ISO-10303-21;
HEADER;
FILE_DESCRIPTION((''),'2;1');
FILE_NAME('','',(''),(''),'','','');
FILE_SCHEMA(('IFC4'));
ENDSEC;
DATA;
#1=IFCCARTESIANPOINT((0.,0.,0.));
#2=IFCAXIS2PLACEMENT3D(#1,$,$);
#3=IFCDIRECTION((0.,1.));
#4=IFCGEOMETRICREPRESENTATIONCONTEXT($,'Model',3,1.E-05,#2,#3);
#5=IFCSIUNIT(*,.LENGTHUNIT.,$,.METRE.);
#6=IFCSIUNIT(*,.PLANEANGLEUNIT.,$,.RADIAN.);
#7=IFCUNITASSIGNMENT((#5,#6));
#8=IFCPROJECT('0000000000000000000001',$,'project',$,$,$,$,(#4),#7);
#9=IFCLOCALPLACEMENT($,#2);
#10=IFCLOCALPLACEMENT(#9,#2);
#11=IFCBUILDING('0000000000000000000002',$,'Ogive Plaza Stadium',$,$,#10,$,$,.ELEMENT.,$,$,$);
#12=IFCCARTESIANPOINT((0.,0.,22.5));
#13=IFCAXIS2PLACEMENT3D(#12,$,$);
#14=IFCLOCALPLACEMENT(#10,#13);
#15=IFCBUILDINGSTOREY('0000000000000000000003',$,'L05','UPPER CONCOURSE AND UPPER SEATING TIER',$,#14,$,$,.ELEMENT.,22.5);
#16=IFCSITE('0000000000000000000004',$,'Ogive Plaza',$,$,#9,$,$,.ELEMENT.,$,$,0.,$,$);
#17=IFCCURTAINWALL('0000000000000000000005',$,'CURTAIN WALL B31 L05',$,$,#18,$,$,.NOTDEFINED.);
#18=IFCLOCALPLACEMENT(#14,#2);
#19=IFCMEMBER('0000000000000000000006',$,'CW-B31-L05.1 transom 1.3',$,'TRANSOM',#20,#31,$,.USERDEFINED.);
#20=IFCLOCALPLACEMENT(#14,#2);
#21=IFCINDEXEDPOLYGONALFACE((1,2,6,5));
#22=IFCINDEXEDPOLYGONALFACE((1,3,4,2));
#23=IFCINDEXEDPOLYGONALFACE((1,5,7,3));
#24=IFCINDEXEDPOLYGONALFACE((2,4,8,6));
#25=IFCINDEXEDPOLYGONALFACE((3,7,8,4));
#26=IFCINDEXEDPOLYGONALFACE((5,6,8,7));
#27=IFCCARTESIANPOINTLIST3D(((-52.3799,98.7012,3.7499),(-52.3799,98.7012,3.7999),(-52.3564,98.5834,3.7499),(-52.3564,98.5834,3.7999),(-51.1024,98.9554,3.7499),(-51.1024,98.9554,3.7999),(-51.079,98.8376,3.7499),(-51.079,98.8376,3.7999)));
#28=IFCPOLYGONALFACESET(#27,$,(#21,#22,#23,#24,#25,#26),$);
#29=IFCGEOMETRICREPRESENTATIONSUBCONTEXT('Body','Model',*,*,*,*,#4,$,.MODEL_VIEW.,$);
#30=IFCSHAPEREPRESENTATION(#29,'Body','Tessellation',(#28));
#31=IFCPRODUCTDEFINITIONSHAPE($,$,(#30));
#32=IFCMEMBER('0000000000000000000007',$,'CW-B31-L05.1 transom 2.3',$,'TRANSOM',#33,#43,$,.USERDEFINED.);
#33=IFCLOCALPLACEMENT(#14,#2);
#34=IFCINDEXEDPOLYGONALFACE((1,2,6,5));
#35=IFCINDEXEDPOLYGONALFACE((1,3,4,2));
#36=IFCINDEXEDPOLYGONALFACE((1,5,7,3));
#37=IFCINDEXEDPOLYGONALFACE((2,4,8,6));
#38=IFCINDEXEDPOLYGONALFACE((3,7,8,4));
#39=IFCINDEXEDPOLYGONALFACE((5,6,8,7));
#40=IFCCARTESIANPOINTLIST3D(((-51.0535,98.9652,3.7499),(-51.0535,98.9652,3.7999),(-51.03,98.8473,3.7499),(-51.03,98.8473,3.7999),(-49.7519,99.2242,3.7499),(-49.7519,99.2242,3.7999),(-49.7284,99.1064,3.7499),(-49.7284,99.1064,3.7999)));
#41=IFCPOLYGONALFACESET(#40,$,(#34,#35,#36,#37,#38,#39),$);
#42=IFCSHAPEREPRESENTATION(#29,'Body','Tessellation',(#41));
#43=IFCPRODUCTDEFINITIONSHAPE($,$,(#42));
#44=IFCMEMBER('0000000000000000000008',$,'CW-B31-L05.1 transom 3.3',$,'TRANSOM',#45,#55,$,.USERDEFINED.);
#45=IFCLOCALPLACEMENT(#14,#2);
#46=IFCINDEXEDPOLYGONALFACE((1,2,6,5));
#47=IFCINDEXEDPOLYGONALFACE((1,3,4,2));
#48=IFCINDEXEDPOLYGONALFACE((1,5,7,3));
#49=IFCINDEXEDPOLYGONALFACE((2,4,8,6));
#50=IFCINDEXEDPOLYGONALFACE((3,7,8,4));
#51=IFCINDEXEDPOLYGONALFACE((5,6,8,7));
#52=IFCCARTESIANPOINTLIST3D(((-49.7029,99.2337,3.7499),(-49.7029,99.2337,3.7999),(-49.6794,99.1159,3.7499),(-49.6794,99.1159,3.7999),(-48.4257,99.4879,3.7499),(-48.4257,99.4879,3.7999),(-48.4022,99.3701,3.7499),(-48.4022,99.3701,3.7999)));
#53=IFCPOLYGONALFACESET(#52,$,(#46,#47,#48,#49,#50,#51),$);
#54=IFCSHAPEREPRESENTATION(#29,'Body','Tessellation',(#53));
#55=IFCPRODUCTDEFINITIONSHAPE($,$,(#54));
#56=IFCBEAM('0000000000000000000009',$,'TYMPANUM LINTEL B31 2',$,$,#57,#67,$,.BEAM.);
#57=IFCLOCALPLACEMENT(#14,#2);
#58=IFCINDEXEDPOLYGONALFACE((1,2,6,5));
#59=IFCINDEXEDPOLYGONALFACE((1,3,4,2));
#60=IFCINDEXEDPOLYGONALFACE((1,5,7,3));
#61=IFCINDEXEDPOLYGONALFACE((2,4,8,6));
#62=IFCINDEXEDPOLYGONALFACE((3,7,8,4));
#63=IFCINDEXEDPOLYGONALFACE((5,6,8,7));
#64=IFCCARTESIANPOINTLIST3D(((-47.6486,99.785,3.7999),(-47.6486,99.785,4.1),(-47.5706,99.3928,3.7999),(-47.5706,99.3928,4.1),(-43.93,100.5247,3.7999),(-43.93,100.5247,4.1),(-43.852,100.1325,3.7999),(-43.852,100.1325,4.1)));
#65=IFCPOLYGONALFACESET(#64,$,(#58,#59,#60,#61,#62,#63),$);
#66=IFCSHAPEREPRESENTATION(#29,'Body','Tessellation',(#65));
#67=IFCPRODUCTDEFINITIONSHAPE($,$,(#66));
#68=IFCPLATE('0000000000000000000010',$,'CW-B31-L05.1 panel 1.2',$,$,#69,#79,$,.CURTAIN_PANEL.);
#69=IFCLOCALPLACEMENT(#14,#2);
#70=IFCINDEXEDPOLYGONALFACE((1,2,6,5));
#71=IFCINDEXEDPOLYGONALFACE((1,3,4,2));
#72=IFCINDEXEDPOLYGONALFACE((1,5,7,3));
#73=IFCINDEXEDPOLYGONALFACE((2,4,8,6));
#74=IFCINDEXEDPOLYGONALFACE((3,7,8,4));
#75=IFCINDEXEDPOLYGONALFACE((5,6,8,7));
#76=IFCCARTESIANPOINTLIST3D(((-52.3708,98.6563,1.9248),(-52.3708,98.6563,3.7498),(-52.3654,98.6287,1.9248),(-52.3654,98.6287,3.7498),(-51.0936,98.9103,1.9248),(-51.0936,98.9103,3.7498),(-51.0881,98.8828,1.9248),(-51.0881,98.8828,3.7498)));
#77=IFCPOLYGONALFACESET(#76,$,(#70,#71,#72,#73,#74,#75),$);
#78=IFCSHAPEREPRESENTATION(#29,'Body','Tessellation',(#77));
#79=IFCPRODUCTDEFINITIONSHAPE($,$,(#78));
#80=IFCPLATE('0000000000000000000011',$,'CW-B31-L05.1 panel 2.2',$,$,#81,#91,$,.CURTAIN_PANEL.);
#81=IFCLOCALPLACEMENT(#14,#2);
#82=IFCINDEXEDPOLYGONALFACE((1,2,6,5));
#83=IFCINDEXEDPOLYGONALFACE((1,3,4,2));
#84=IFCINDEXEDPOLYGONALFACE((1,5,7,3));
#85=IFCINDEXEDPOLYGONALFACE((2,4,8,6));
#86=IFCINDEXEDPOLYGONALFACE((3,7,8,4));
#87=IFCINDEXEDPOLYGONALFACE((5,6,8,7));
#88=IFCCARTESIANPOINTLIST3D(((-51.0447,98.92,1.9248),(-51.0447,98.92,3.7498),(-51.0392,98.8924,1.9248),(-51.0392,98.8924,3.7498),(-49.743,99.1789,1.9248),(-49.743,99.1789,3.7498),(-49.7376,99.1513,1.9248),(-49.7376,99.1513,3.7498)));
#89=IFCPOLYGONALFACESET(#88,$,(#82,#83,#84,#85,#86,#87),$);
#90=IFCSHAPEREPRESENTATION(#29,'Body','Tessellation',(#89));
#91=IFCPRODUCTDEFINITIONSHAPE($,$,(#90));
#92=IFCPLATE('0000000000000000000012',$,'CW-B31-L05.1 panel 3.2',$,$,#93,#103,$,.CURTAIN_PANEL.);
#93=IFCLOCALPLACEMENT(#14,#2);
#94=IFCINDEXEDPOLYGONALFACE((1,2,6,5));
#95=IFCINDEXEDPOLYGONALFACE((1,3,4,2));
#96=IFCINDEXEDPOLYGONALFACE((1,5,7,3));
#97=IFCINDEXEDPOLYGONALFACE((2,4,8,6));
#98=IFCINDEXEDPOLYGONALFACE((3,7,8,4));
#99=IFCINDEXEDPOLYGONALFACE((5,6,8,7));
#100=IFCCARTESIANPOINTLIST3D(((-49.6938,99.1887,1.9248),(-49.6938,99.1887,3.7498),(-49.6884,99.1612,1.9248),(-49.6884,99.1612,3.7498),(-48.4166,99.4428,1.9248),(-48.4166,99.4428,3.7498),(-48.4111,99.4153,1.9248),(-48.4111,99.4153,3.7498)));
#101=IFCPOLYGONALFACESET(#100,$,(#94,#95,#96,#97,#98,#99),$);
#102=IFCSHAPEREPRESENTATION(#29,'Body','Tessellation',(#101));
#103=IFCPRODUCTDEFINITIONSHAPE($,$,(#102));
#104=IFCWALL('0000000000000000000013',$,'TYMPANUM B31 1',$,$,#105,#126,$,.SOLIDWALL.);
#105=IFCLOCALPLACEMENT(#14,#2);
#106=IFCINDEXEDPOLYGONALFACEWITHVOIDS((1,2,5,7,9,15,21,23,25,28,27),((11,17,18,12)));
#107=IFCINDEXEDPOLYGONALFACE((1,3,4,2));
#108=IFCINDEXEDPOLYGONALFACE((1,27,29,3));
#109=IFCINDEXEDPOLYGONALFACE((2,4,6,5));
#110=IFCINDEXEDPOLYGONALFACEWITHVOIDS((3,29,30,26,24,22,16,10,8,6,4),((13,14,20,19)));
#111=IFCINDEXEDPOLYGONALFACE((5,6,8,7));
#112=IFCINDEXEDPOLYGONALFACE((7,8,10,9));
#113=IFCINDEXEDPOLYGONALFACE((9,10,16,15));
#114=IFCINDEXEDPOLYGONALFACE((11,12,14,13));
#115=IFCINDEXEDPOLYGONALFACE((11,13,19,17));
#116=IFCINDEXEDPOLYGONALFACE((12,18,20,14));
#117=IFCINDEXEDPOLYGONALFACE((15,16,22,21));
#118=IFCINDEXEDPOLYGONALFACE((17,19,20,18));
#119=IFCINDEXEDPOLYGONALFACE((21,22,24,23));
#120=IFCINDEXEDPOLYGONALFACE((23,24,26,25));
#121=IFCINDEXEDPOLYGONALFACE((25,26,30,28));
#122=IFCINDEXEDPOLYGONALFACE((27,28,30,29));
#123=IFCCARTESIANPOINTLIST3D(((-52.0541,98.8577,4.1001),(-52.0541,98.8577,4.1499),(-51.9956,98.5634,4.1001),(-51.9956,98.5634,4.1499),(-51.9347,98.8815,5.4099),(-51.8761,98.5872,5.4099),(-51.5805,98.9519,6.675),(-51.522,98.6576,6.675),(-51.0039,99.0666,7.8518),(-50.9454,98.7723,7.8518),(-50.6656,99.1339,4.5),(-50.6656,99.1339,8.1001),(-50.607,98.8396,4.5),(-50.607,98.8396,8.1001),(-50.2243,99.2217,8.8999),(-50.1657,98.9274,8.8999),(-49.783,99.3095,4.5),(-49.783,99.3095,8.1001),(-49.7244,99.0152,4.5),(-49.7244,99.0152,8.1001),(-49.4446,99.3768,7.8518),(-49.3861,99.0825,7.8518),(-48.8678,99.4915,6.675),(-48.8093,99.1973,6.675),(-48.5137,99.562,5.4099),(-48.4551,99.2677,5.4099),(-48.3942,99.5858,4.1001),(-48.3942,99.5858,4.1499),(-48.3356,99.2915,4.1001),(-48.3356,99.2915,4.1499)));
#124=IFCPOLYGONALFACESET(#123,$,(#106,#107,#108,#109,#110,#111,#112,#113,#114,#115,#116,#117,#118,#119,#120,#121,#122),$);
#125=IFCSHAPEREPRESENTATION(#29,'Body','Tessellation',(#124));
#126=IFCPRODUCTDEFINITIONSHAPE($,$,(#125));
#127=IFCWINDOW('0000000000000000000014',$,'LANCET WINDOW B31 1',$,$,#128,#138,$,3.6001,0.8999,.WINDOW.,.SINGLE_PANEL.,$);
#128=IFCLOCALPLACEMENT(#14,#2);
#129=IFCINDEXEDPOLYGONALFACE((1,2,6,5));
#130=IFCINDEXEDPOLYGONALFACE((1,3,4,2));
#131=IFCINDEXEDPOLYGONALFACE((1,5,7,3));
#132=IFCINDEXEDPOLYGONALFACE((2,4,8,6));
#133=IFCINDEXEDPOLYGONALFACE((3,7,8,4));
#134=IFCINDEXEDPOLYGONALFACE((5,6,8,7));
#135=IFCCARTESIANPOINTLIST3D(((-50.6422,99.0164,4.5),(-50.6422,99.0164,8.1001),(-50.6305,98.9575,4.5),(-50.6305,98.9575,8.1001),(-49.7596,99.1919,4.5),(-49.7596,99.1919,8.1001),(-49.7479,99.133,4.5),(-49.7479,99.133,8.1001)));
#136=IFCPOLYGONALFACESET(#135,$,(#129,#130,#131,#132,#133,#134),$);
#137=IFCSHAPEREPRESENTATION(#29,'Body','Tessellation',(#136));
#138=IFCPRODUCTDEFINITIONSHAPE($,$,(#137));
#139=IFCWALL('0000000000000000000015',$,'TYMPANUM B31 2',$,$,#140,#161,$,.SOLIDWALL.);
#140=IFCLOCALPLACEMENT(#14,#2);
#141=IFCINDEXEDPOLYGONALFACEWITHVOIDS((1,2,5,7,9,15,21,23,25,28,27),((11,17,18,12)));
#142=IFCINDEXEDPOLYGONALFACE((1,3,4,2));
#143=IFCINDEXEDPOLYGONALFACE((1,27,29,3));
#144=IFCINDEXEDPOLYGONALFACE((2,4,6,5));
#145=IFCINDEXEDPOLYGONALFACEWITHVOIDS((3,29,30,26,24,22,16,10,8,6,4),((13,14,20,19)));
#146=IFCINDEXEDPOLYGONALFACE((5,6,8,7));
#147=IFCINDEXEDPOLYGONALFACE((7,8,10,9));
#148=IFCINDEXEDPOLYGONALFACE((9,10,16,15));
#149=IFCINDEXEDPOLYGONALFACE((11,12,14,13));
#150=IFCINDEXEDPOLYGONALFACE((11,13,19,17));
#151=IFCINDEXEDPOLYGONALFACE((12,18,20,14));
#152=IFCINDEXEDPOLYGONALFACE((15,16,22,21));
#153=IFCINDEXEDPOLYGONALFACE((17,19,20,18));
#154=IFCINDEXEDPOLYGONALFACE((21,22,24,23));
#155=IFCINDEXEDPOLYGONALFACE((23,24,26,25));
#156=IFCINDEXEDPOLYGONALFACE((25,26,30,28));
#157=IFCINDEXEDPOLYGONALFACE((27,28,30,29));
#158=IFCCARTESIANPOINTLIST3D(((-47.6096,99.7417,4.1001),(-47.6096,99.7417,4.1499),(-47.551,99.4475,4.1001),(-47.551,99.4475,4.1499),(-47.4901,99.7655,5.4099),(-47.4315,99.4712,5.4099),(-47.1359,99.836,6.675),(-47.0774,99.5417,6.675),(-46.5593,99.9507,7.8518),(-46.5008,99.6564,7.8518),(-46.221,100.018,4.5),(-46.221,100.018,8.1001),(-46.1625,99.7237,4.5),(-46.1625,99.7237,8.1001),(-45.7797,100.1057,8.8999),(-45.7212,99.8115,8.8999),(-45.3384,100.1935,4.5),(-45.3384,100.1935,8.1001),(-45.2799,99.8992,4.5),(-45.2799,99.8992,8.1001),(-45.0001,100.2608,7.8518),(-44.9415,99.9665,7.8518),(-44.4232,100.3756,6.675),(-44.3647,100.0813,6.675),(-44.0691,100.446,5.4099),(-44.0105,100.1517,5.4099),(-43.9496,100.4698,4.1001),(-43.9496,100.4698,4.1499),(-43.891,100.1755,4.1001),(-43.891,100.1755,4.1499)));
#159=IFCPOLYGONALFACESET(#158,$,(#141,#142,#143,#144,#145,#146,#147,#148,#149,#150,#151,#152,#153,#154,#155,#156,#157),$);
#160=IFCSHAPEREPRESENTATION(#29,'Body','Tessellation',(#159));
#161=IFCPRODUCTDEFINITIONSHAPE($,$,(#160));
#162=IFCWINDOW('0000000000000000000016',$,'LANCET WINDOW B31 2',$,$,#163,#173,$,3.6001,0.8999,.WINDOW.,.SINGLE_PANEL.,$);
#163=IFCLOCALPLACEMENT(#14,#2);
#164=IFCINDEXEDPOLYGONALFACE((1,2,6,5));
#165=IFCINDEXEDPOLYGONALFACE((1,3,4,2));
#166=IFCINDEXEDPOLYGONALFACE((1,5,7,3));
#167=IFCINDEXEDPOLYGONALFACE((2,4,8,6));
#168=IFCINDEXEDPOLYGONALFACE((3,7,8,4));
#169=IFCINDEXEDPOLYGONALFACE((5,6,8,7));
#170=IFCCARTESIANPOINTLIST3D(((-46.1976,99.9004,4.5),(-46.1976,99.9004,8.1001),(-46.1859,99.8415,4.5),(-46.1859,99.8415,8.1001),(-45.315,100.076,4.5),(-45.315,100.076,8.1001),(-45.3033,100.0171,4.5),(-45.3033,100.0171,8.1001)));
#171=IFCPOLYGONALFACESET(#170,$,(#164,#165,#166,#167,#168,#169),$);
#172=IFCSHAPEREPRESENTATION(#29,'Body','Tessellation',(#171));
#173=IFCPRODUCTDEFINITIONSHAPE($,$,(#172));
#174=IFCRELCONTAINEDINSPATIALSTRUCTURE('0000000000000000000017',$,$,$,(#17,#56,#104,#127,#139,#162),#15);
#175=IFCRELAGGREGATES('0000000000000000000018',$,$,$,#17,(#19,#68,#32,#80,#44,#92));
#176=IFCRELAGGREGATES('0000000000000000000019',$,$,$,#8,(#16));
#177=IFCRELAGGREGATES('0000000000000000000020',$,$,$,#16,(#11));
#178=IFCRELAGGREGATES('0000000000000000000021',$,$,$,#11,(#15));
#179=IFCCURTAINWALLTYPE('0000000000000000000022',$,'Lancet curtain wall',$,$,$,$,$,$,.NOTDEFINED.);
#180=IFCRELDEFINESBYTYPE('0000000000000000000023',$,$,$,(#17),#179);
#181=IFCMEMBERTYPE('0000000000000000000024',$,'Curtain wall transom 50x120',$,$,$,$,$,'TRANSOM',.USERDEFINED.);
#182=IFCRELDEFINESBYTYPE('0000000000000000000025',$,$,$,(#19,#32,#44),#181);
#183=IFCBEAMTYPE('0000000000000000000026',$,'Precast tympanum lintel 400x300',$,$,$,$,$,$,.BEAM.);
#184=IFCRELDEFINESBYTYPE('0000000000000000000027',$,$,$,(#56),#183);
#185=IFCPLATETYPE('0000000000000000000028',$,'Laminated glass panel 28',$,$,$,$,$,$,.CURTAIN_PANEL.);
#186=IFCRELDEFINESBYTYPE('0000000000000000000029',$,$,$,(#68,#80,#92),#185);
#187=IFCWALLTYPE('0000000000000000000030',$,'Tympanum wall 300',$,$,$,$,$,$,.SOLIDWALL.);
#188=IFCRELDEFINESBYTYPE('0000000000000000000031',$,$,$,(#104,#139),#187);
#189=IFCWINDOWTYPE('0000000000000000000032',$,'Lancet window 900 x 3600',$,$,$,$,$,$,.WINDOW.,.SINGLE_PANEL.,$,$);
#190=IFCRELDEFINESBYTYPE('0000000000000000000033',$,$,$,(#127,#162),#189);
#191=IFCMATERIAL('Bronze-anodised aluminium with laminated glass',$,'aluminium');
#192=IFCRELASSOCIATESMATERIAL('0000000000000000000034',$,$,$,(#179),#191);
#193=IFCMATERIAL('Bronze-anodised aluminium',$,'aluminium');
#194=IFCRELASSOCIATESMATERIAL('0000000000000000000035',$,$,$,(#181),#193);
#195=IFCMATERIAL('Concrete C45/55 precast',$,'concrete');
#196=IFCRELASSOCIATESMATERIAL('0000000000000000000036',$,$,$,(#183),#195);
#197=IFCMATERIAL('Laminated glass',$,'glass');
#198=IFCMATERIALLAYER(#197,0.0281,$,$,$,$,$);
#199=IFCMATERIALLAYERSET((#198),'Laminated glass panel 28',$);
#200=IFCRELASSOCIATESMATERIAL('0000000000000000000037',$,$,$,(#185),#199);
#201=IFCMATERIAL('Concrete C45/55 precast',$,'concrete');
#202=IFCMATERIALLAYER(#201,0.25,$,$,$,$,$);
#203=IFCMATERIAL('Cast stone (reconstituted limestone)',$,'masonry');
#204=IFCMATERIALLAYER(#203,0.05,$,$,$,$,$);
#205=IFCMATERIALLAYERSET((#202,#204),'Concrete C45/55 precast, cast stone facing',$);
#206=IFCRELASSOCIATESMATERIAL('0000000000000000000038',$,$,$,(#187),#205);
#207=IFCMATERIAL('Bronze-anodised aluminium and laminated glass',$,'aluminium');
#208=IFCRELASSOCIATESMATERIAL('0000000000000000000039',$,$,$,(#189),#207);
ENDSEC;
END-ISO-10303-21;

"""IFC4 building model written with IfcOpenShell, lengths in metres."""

from ifc_helpers import new_model, si_unit, direction, frame, frame_2d, origin, origin_2d, place, context, subcontext, project, spatial, polyline, rectangle, outline, extrude, material, layer, layer_set, material_profile, profile_set, type_object, element, fill, aggregate, save


model = new_model("IFC4")

# Units and contexts
model_context = context("Model", 3, precision=1e-05, world=origin(), true_north=direction((0.0, 1.0)))
body_context = subcontext(model_context, "Body", "Model", "MODEL_VIEW")
ifc_project = project(units=[si_unit("LENGTHUNIT", "METRE"), si_unit("PLANEANGLEUNIT", "RADIAN")], contexts=[model_context])

# Site, building, storey
site_placement = place(None, origin())
site = spatial("IfcSite", under=ifc_project, at=site_placement, Name="Ogive Plaza", CompositionType="ELEMENT", RefElevation=0.0)
building_placement = place(site_placement, origin())
building = spatial("IfcBuilding", under=site, at=building_placement, Name="Ogive Plaza Stadium", CompositionType="ELEMENT")
storey_placement = place(building_placement, frame((0.0, 0.0, 22.5)))
storey = spatial("IfcBuildingStorey", under=building, at=storey_placement, Name="L05", Description="UPPER CONCOURSE AND UPPER SEATING TIER", CompositionType="ELEMENT", Elevation=22.5)

# Curtain wall, members
ifc_material_1 = material(Name="Bronze-anodised aluminium with laminated glass", Category="aluminium")
curtain_wall_type = type_object("IfcCurtainWallType", Name="Lancet curtain wall", PredefinedType="NOTDEFINED", material=ifc_material_1)
curtain_wall_placement = place(storey_placement, origin())
curtain_wall = element("IfcCurtainWall", 1, at=curtain_wall_placement, inside=storey, type_object=curtain_wall_type, Name="CURTAIN WALL B31 L05", PredefinedType="NOTDEFINED")
ifc_material_2 = material(Name="Bronze-anodised aluminium", Category="aluminium")
ifc_material_profile_1 = material_profile(ifc_material_2, rectangle(XDim=0.1201, YDim=0.05, at=origin_2d()), Name="AL 120x50")
ifc_profile_set_1 = profile_set([ifc_material_profile_1], Name="Bronze-anodised aluminium")
member_type = type_object("IfcMemberType", Name="Curtain wall transom 50x120", ElementType="TRANSOM", PredefinedType="USERDEFINED", material=ifc_profile_set_1)
member_1_placement = place(storey_placement, frame((-52.3682, 98.6423, 3.7749), z_axis=(0.980775, 0.195143, 0.0), x_axis=(-0.195143, 0.980775, 0.0)))
member_1 = element("IfcMember", 2, at=member_1_placement, type_object=member_type, Name="CW-B31-L05.1 transom 1.3", ObjectType="TRANSOM", PredefinedType="USERDEFINED", context=body_context, shape_type="SweptSolid", body=[
    extrude(rectangle(XDim=0.1201, YDim=0.05, at=origin_2d()), origin(), (0.0, 0.0, 1.0), 1.3025),
])
member_2_placement = place(storey_placement, frame((-51.0417, 98.9062, 3.7749), z_axis=(0.980764, 0.195196, 0.0), x_axis=(-0.195196, 0.980764, 0.0)))
member_2 = element("IfcMember", 3, at=member_2_placement, type_object=member_type, Name="CW-B31-L05.1 transom 2.3", ObjectType="TRANSOM", PredefinedType="USERDEFINED", context=body_context, shape_type="SweptSolid", body=[
    extrude(rectangle(XDim=0.1201, YDim=0.05, at=origin_2d()), origin(), (0.0, 0.0, 1.0), 1.3271),
])
member_3_placement = place(storey_placement, frame((-49.6912, 99.1748, 3.7749), z_axis=(0.980768, 0.195179, 0.0), x_axis=(-0.195179, 0.980768, 0.0)))
member_3 = element("IfcMember", 4, at=member_3_placement, type_object=member_type, Name="CW-B31-L05.1 transom 3.3", ObjectType="TRANSOM", PredefinedType="USERDEFINED", context=body_context, shape_type="SweptSolid", body=[
    extrude(rectangle(XDim=0.1201, YDim=0.05, at=origin_2d()), origin(), (0.0, 0.0, 1.0), 1.3022),
])

# Beam
ifc_material_3 = material(Name="Concrete C45/55 precast", Category="concrete")
ifc_material_profile_2 = material_profile(ifc_material_3, rectangle(XDim=0.3999, YDim=0.3, at=origin_2d()), Name="RC 400x300")
ifc_profile_set_2 = profile_set([ifc_material_profile_2], Name="Concrete C45/55 precast")
beam_type = type_object("IfcBeamType", Name="Precast tympanum lintel 400x300", PredefinedType="BEAM", material=ifc_profile_set_2)
beam_placement = place(storey_placement, frame((-47.6096, 99.5889, 3.95), z_axis=(0.980783, 0.195101, 0.0), x_axis=(-0.195101, 0.980783, 0.0)))
element("IfcBeam", 5, at=beam_placement, inside=storey, type_object=beam_type, Name="TYMPANUM LINTEL B31 2", PredefinedType="BEAM", context=body_context, shape_type="SweptSolid", body=[
    extrude(rectangle(XDim=0.3999, YDim=0.3, at=origin_2d()), origin(), (0.0, 0.0, 1.0), 3.7915),
])

# Plates
ifc_material_4 = material(Name="Laminated glass", Category="glass")
ifc_layer_1 = layer(ifc_material_4, 0.0281)
ifc_layer_set_1 = layer_set([ifc_layer_1], Name="Laminated glass panel 28")
plate_type = type_object("IfcPlateType", Name="Laminated glass panel 28", PredefinedType="CURTAIN_PANEL", material=ifc_layer_set_1)
plate_1_placement = place(storey_placement, frame((-51.7295, 98.7695, 1.9248), z_axis=(0.0, 0.0, 1.0), x_axis=(0.980785, 0.19509, 0.0)))
plate_1 = element("IfcPlate", 6, at=plate_1_placement, type_object=plate_type, Name="CW-B31-L05.1 panel 1.2", PredefinedType="CURTAIN_PANEL", context=body_context, shape_type="SweptSolid", body=[
    extrude(rectangle(XDim=1.3022, YDim=0.0281, at=origin_2d()), origin(), (0.0, 0.0, 1.0), 1.825),
])
plate_2_placement = place(storey_placement, frame((-50.3911, 99.0356, 1.9248), z_axis=(0.0, 0.0, 1.0), x_axis=(0.980785, 0.19509, 0.0)))
plate_2 = element("IfcPlate", 7, at=plate_2_placement, type_object=plate_type, Name="CW-B31-L05.1 panel 2.2", PredefinedType="CURTAIN_PANEL", context=body_context, shape_type="SweptSolid", body=[
    extrude(rectangle(XDim=1.3271, YDim=0.0281, at=origin_2d()), origin(), (0.0, 0.0, 1.0), 1.825),
])
plate_3_placement = place(storey_placement, frame((-49.0525, 99.302, 1.9248), z_axis=(0.0, 0.0, 1.0), x_axis=(0.980785, 0.19509, 0.0)))
plate_3 = element("IfcPlate", 8, at=plate_3_placement, type_object=plate_type, Name="CW-B31-L05.1 panel 3.2", PredefinedType="CURTAIN_PANEL", context=body_context, shape_type="SweptSolid", body=[
    extrude(rectangle(XDim=1.3022, YDim=0.0281, at=origin_2d()), origin(), (0.0, 0.0, 1.0), 1.825),
])
aggregate(curtain_wall, [member_1, plate_1, member_2, plate_2, member_3, plate_3])

# Walls, openings, windows
ifc_material_5 = material(Name="Concrete C45/55 precast", Category="concrete")
ifc_layer_2 = layer(ifc_material_5, 0.25)
ifc_material_6 = material(Name="Cast stone (reconstituted limestone)", Category="masonry")
ifc_layer_3 = layer(ifc_material_6, 0.05)
ifc_layer_set_2 = layer_set([ifc_layer_2, ifc_layer_3], Name="Concrete C45/55 precast, cast stone facing")
wall_type = type_object("IfcWallType", Name="Tympanum wall 300", PredefinedType="SOLIDWALL", material=ifc_layer_set_2)
wall_1_placement = place(storey_placement, frame((-52.0249, 98.7107, 4.1001), z_axis=(0.0, 0.0, 1.0), x_axis=(0.980784, 0.195097, 0.0)))
wall_1 = element("IfcWall", 9, at=wall_1_placement, inside=storey, type_object=wall_type, Name="TYMPANUM B31 1", PredefinedType="SOLIDWALL", context=body_context, shape_type="SweptSolid", body=[
    extrude(outline(polyline([(0.0, 0.0), (3.7317, 0.0), (3.7317, 0.0498), (3.6099, 1.3098), (3.2488, 2.575), (2.6606, 3.7517), (1.8657, 4.7998), (1.0708, 3.7517), (0.4829, 2.575), (0.1218, 1.3098), (0.0, 0.0498), (0.0, 0.0)])), frame((0.0, 0.1499, 0.0), z_axis=(0.0, -1.0, 0.0), x_axis=(1.0, 0.0, 0.0)), (0.0, 0.0, 1.0), 0.3),
])
opening_1_placement = place(wall_1_placement, frame((1.4158, 0.0, 0.3999)))
opening_1 = element("IfcOpeningElement", 10, at=opening_1_placement, cuts=wall_1, PredefinedType="OPENING", context=body_context, shape_type="SweptSolid", body=[
    extrude(rectangle(XDim=0.8999, YDim=3.6001, at=frame_2d((0.45, 1.8))), frame((0.0, 0.1602, 0.0), z_axis=(0.0, -1.0, 0.0), x_axis=(1.0, 0.0, 0.0)), (0.0, 0.0, 1.0), 0.3201),
])
ifc_material_7 = material(Name="Bronze-anodised aluminium and laminated glass", Category="aluminium")
window_type = type_object("IfcWindowType", Name="Lancet window 900 x 3600", PartitioningType="SINGLE_PANEL", PredefinedType="WINDOW", material=ifc_material_7)
window_1_placement = place(opening_1_placement, origin())
window_1 = element("IfcWindow", 11, at=window_1_placement, inside=storey, type_object=window_type, Name="LANCET WINDOW B31 1", OverallHeight=3.6001, OverallWidth=0.8999, PartitioningType="SINGLE_PANEL", PredefinedType="WINDOW", context=body_context, shape_type="SweptSolid", body=[
    extrude(rectangle(XDim=0.8999, YDim=3.6001, at=frame_2d((0.45, 1.8))), frame((0.0, 0.03, 0.0), z_axis=(0.0, -1.0, 0.0), x_axis=(1.0, 0.0, 0.0)), (0.0, 0.0, 1.0), 0.0601),
])
fill(opening_1, window_1)
wall_2_placement = place(storey_placement, frame((-47.5803, 99.5947, 4.1001), z_axis=(0.0, 0.0, 1.0), x_axis=(0.980784, 0.195097, 0.0)))
wall_2 = element("IfcWall", 12, at=wall_2_placement, inside=storey, type_object=wall_type, Name="TYMPANUM B31 2", PredefinedType="SOLIDWALL", context=body_context, shape_type="SweptSolid", body=[
    extrude(outline(polyline([(0.0, 0.0), (3.7317, 0.0), (3.7317, 0.0498), (3.6099, 1.3098), (3.2488, 2.575), (2.6606, 3.7517), (1.8657, 4.7998), (1.0708, 3.7517), (0.4829, 2.575), (0.1218, 1.3098), (0.0, 0.0498), (0.0, 0.0)])), frame((0.0, 0.1499, 0.0), z_axis=(0.0, -1.0, 0.0), x_axis=(1.0, 0.0, 0.0)), (0.0, 0.0, 1.0), 0.3),
])
opening_2_placement = place(wall_2_placement, frame((1.4158, 0.0, 0.3999)))
opening_2 = element("IfcOpeningElement", 13, at=opening_2_placement, cuts=wall_2, PredefinedType="OPENING", context=body_context, shape_type="SweptSolid", body=[
    extrude(rectangle(XDim=0.8999, YDim=3.6001, at=frame_2d((0.45, 1.8))), frame((0.0, 0.1602, 0.0), z_axis=(0.0, -1.0, 0.0), x_axis=(1.0, 0.0, 0.0)), (0.0, 0.0, 1.0), 0.3201),
])
window_2_placement = place(opening_2_placement, origin())
window_2 = element("IfcWindow", 14, at=window_2_placement, inside=storey, type_object=window_type, Name="LANCET WINDOW B31 2", OverallHeight=3.6001, OverallWidth=0.8999, PartitioningType="SINGLE_PANEL", PredefinedType="WINDOW", context=body_context, shape_type="SweptSolid", body=[
    extrude(rectangle(XDim=0.8999, YDim=3.6001, at=frame_2d((0.45, 1.8))), frame((0.0, 0.03, 0.0), z_axis=(0.0, -1.0, 0.0), x_axis=(1.0, 0.0, 0.0)), (0.0, 0.0, 1.0), 0.0601),
])
fill(opening_2, window_2)

save(model, "model.ifc")
